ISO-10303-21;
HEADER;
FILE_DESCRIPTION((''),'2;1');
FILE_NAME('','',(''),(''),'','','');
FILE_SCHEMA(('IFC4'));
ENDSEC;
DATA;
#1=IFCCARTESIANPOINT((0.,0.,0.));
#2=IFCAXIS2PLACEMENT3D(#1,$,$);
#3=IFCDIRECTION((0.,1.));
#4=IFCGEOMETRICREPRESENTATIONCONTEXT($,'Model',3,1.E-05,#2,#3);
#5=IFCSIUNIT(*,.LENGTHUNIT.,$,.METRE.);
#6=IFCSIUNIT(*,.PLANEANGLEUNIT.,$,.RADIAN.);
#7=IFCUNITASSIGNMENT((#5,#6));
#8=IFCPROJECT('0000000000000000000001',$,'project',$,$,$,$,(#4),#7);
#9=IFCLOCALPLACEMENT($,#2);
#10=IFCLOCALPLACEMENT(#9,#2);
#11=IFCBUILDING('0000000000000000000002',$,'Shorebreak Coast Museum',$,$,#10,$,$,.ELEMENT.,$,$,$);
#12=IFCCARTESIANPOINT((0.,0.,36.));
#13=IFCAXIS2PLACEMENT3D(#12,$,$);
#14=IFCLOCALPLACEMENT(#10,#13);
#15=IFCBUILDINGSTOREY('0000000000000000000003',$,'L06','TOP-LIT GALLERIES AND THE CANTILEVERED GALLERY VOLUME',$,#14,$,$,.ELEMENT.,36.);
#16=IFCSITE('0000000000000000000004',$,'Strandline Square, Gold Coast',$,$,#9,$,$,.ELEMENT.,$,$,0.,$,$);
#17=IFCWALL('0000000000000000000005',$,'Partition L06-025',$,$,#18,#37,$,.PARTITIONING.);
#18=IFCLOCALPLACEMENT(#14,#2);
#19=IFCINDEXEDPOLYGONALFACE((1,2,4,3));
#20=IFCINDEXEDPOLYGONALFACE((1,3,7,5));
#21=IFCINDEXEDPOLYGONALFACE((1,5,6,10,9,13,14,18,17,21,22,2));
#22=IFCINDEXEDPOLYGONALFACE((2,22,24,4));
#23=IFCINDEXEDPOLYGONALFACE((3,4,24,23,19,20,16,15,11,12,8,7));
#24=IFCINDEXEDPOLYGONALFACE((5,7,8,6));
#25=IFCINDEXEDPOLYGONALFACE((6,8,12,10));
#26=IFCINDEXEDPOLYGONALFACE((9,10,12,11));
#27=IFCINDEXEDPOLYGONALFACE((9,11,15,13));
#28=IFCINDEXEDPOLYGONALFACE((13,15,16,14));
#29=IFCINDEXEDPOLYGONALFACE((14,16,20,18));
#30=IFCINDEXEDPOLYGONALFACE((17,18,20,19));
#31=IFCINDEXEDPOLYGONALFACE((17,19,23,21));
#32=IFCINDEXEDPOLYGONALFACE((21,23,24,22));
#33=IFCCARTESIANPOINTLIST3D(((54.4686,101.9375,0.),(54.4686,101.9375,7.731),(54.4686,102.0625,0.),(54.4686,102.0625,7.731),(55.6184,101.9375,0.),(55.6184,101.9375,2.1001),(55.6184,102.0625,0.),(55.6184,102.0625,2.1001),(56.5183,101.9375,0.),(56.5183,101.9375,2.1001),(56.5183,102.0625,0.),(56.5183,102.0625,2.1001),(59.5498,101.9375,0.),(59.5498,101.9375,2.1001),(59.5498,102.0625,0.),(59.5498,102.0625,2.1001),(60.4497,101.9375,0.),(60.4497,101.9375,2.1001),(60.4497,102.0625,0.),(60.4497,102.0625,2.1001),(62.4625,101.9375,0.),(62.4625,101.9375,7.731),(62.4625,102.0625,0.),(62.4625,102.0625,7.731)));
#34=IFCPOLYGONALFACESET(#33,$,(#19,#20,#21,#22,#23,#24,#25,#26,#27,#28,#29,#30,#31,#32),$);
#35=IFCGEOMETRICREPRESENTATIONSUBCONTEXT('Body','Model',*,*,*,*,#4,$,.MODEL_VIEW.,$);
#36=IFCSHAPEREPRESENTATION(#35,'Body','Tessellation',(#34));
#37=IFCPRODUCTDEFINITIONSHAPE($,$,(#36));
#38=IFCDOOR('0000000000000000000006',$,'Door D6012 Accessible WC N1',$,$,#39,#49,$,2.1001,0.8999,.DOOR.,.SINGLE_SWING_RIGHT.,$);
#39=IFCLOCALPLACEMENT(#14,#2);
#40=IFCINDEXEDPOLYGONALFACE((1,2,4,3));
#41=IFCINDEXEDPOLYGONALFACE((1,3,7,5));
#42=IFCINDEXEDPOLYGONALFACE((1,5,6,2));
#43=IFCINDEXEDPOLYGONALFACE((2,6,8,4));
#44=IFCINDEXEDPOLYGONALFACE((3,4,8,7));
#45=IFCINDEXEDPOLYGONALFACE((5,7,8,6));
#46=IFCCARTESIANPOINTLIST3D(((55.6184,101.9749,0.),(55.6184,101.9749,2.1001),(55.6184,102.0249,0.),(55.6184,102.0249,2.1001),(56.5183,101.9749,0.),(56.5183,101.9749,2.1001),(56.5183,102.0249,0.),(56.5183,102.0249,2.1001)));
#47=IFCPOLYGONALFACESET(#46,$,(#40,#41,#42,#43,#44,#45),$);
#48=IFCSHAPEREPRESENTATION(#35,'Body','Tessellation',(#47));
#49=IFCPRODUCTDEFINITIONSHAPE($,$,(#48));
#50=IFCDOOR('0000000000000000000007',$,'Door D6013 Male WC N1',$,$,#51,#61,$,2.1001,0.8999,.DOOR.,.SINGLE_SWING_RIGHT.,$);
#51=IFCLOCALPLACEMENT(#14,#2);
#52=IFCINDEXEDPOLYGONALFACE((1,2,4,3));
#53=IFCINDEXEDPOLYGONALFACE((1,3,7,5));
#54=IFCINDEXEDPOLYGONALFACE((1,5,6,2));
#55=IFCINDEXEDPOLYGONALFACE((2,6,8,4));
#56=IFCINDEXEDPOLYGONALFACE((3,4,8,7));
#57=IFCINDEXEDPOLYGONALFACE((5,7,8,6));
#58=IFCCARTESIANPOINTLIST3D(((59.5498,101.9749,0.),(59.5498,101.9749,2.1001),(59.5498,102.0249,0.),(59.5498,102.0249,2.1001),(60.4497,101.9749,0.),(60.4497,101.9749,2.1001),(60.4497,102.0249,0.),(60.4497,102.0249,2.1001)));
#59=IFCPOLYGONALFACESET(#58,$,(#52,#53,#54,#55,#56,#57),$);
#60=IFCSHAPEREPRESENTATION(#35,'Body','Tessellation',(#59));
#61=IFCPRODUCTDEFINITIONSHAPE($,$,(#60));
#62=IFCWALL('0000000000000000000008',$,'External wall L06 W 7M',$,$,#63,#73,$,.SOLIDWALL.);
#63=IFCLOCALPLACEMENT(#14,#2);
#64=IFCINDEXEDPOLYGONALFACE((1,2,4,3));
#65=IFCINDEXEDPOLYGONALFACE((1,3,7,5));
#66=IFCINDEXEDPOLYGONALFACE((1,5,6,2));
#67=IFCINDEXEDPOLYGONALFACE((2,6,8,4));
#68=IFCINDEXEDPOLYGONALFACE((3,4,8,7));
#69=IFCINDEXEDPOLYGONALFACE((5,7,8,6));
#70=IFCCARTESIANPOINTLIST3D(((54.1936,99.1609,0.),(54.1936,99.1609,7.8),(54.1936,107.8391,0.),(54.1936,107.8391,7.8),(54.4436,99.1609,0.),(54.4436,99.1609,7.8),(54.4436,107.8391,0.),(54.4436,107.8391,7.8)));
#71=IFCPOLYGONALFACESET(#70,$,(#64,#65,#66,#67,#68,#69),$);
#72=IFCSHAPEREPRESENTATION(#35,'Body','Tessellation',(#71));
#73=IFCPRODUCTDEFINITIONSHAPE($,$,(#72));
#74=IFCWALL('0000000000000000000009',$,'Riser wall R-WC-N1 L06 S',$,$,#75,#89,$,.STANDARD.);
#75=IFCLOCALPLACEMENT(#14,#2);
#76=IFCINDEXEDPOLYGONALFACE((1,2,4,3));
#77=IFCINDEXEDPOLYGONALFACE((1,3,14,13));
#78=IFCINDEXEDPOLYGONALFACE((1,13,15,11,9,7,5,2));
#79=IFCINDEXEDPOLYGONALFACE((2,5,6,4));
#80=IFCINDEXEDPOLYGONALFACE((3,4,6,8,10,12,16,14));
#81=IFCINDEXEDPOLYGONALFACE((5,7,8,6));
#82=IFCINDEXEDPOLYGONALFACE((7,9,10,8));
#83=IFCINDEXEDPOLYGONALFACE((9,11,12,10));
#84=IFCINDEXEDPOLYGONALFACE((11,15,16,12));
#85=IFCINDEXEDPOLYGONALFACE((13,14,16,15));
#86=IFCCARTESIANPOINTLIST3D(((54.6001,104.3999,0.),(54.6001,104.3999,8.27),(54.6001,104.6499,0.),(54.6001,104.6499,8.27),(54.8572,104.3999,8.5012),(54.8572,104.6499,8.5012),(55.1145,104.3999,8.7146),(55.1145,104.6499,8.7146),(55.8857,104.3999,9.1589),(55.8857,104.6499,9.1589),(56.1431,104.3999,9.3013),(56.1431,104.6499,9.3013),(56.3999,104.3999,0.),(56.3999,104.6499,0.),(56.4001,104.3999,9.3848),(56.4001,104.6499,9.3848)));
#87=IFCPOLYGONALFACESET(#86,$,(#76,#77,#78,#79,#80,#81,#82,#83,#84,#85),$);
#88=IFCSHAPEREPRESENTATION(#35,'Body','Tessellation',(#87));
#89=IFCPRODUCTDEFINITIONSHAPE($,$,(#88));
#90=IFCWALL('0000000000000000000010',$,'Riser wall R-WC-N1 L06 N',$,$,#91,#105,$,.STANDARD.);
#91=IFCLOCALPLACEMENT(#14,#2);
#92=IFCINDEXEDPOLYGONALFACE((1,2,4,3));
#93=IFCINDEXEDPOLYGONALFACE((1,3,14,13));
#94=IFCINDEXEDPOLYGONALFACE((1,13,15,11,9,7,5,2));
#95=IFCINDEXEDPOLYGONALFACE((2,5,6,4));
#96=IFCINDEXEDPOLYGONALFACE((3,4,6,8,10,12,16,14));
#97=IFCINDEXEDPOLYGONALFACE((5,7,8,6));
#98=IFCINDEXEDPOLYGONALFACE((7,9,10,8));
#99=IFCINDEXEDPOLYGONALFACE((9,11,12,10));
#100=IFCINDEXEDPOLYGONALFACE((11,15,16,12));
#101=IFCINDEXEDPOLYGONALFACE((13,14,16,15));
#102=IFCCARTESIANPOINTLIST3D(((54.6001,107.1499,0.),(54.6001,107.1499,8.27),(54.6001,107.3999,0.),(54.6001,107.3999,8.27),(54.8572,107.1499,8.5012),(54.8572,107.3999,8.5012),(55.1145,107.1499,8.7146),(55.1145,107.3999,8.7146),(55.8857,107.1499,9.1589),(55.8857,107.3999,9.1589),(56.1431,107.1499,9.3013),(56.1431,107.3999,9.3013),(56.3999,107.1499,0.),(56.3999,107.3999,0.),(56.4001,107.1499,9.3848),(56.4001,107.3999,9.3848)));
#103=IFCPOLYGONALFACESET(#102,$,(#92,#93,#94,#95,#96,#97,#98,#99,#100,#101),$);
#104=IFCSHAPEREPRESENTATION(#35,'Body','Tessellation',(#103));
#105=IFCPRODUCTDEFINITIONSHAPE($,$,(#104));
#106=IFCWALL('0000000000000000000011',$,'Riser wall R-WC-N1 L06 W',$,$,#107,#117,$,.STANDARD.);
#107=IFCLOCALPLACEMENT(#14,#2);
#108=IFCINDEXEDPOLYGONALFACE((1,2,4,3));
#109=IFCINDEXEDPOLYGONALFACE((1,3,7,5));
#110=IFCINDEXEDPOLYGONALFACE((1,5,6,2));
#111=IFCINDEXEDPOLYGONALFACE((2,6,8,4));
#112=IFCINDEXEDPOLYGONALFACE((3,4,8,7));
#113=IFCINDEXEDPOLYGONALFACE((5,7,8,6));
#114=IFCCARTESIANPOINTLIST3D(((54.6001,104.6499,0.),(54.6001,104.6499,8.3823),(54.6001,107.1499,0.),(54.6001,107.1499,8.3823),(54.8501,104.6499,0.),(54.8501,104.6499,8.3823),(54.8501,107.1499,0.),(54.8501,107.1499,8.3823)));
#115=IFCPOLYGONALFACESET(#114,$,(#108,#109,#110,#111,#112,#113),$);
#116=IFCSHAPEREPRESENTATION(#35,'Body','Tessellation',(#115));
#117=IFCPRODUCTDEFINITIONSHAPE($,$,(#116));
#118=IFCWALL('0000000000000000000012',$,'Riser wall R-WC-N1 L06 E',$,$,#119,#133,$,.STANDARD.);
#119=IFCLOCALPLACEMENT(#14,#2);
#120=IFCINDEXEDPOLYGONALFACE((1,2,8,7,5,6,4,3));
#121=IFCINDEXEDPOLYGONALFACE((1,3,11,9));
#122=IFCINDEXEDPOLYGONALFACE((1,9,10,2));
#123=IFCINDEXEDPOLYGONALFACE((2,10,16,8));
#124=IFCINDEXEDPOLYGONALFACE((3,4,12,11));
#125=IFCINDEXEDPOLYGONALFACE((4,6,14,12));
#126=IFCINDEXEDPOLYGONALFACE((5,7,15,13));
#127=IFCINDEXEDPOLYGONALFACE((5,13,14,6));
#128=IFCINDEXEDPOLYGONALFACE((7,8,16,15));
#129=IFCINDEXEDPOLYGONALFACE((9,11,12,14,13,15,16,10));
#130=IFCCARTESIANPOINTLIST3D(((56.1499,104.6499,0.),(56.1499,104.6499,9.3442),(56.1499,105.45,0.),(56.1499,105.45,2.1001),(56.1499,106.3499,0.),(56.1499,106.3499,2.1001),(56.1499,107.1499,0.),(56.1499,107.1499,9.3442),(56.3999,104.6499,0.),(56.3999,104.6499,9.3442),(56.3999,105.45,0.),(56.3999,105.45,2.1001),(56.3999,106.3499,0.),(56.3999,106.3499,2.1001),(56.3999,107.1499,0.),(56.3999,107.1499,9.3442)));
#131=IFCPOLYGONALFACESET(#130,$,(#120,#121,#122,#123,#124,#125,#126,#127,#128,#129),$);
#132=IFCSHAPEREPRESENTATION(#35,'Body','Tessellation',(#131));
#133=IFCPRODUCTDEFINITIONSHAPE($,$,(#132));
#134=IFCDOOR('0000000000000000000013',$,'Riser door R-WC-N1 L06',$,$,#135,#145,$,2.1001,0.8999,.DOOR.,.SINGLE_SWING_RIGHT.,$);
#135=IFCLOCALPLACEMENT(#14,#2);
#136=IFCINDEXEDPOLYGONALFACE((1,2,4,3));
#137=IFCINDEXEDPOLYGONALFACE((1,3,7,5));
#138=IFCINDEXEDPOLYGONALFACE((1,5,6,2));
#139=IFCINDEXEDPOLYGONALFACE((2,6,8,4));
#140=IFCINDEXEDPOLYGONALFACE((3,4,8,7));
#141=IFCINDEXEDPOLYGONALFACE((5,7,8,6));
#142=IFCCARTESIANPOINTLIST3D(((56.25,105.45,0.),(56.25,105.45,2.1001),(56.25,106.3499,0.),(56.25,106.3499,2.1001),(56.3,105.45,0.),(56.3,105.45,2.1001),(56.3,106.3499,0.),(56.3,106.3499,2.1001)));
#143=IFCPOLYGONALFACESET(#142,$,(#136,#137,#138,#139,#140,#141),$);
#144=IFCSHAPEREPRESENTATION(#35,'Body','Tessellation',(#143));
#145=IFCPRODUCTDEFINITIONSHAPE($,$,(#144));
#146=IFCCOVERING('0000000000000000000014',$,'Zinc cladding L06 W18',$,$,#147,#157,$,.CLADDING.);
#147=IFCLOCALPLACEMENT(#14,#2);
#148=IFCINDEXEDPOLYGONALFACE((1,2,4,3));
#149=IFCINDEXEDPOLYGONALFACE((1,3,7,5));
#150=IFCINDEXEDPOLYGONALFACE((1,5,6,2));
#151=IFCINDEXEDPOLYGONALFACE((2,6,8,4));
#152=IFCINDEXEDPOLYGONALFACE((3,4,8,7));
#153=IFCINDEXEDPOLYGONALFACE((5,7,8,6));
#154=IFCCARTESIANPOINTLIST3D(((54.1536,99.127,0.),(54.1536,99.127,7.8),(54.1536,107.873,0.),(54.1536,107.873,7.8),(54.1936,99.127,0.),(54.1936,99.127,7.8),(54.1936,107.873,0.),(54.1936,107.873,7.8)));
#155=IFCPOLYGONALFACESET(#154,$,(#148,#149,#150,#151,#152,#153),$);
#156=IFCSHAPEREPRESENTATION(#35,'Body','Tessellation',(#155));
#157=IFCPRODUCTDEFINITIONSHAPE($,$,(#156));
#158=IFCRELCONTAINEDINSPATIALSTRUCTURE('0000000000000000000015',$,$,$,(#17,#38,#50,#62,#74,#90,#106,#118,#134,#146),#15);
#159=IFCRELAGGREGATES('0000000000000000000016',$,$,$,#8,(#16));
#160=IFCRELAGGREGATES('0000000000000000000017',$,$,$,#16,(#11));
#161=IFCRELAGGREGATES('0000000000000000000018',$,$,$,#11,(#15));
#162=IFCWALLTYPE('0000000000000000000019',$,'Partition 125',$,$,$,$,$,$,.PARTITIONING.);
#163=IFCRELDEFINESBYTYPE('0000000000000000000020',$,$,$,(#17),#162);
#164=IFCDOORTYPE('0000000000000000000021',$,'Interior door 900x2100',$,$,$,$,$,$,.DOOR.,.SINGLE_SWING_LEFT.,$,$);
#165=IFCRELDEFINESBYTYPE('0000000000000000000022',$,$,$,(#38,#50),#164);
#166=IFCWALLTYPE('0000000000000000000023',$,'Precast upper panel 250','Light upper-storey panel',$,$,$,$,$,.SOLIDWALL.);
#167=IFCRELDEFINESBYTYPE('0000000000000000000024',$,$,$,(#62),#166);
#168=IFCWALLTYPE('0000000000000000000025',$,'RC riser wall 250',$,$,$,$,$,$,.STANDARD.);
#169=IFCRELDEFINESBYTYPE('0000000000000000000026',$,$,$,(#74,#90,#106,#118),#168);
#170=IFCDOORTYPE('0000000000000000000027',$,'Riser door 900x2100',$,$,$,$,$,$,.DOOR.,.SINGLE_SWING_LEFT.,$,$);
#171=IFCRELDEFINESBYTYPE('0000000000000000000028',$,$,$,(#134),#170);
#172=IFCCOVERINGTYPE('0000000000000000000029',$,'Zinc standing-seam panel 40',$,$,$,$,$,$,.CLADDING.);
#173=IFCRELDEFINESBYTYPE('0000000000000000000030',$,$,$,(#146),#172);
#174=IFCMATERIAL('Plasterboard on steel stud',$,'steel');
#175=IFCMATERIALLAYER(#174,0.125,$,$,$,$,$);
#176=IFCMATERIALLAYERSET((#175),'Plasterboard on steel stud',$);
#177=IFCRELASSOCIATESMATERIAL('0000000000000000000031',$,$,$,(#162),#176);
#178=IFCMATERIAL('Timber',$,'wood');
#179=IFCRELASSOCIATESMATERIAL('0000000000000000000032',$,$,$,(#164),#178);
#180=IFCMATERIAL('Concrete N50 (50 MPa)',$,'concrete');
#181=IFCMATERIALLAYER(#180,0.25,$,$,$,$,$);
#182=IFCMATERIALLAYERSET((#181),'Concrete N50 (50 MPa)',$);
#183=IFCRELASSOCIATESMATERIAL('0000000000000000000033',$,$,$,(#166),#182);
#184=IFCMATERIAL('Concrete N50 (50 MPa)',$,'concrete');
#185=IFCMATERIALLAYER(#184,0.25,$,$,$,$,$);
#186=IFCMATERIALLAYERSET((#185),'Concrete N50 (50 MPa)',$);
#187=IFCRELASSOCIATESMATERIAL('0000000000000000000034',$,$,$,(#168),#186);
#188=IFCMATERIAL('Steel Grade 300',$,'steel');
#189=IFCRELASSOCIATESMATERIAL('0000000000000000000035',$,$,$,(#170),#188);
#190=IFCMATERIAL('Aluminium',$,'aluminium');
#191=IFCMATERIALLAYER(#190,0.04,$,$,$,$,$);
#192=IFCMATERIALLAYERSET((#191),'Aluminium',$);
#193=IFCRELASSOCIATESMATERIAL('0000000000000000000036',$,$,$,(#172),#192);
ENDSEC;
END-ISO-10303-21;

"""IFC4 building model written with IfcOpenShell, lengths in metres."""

from ifc_helpers import new_model, si_unit, direction, frame, frame_2d, origin, origin_2d, place, context, subcontext, project, spatial, polyline, rectangle, outline, extrude, material, layer, layer_set, type_object, element, fill, save


model = new_model("IFC4")

# Units and contexts
model_context = context("Model", 3, precision=1e-05, world=origin(), true_north=direction((0.0, 1.0)))
body_context = subcontext(model_context, "Body", "Model", "MODEL_VIEW")
ifc_project = project(units=[si_unit("LENGTHUNIT", "METRE"), si_unit("PLANEANGLEUNIT", "RADIAN")], contexts=[model_context])

# Site, building, storey
site_placement = place(None, origin())
site = spatial("IfcSite", under=ifc_project, at=site_placement, Name="Strandline Square, Gold Coast", CompositionType="ELEMENT", RefElevation=0.0)
building_placement = place(site_placement, origin())
building = spatial("IfcBuilding", under=site, at=building_placement, Name="Shorebreak Coast Museum", CompositionType="ELEMENT")
storey_placement = place(building_placement, frame((0.0, 0.0, 36.0)))
storey = spatial("IfcBuildingStorey", under=building, at=storey_placement, Name="L06", Description="TOP-LIT GALLERIES AND THE CANTILEVERED GALLERY VOLUME", CompositionType="ELEMENT", Elevation=36.0)

# Wall, openings, doors
ifc_material_1 = material(Name="Plasterboard on steel stud", Category="steel")
ifc_layer_1 = layer(ifc_material_1, 0.125)
ifc_layer_set_1 = layer_set([ifc_layer_1], Name="Plasterboard on steel stud")
wall_type_1 = type_object("IfcWallType", Name="Partition 125", PredefinedType="PARTITIONING", material=ifc_layer_set_1)
wall_1_placement = place(storey_placement, frame((54.4685, 102.0, 0.0), z_axis=(0.0, 0.0, 1.0), x_axis=(1.0, 0.0, 0.0)))
wall_1 = element("IfcWall", 1, at=wall_1_placement, inside=storey, type_object=wall_type_1, Name="Partition L06-025", PredefinedType="PARTITIONING", context=body_context, shape_type="SweptSolid", body=[
    extrude(rectangle(XDim=7.9939, YDim=0.125, at=frame_2d((3.9971, 0.0))), origin(), (0.0, 0.0, 1.0), 7.731),
])
opening_1_placement = place(wall_1_placement, frame((1.1499, 0.0, 0.0)))
opening_1 = element("IfcOpeningElement", 2, at=opening_1_placement, cuts=wall_1, PredefinedType="OPENING", context=body_context, shape_type="SweptSolid", body=[
    extrude(rectangle(XDim=0.8999, YDim=2.1001, at=frame_2d((0.45, 1.05))), frame((0.0, 0.0725, 0.0), z_axis=(0.0, -1.0, 0.0), x_axis=(1.0, 0.0, 0.0)), (0.0, 0.0, 1.0), 0.145),
])
opening_2_placement = place(wall_1_placement, frame((5.0813, 0.0, 0.0)))
opening_2 = element("IfcOpeningElement", 3, at=opening_2_placement, cuts=wall_1, PredefinedType="OPENING", context=body_context, shape_type="SweptSolid", body=[
    extrude(rectangle(XDim=0.8999, YDim=2.1001, at=frame_2d((0.45, 1.05))), frame((0.0, 0.0725, 0.0), z_axis=(0.0, -1.0, 0.0), x_axis=(1.0, 0.0, 0.0)), (0.0, 0.0, 1.0), 0.145),
])
ifc_material_2 = material(Name="Timber", Category="wood")
door_type_1 = type_object("IfcDoorType", Name="Interior door 900x2100", OperationType="SINGLE_SWING_LEFT", PredefinedType="DOOR", material=ifc_material_2)
door_1_placement = place(opening_1_placement, origin())
door_1 = element("IfcDoor", 4, at=door_1_placement, inside=storey, type_object=door_type_1, Name="Door D6012 Accessible WC N1", OperationType="SINGLE_SWING_RIGHT", OverallHeight=2.1001, OverallWidth=0.8999, PredefinedType="DOOR", context=body_context, shape_type="SweptSolid", body=[
    extrude(rectangle(XDim=0.8999, YDim=2.1001, at=frame_2d((0.45, 1.05))), frame((0.0, 0.0249, 0.0), z_axis=(0.0, -1.0, 0.0), x_axis=(1.0, 0.0, 0.0)), (0.0, 0.0, 1.0), 0.05),
])
fill(opening_1, door_1)
door_2_placement = place(opening_2_placement, origin())
door_2 = element("IfcDoor", 5, at=door_2_placement, inside=storey, type_object=door_type_1, Name="Door D6013 Male WC N1", OperationType="SINGLE_SWING_RIGHT", OverallHeight=2.1001, OverallWidth=0.8999, PredefinedType="DOOR", context=body_context, shape_type="SweptSolid", body=[
    extrude(rectangle(XDim=0.8999, YDim=2.1001, at=frame_2d((0.45, 1.05))), frame((0.0, 0.0249, 0.0), z_axis=(0.0, -1.0, 0.0), x_axis=(1.0, 0.0, 0.0)), (0.0, 0.0, 1.0), 0.05),
])
fill(opening_2, door_2)

# Walls
ifc_material_3 = material(Name="Concrete N50 (50 MPa)", Category="concrete")
ifc_layer_2 = layer(ifc_material_3, 0.25)
ifc_layer_set_2 = layer_set([ifc_layer_2], Name="Concrete N50 (50 MPa)")
wall_type_2 = type_object("IfcWallType", Name="Precast upper panel 250", Description="Light upper-storey panel", PredefinedType="SOLIDWALL", material=ifc_layer_set_2)
wall_2_placement = place(storey_placement, frame((54.3186, 99.1609, 0.0), z_axis=(0.0, 0.0, 1.0), x_axis=(0.0, 1.0, 0.0)))
element("IfcWall", 6, at=wall_2_placement, inside=storey, type_object=wall_type_2, Name="External wall L06 W 7M", PredefinedType="SOLIDWALL", context=body_context, shape_type="SweptSolid", body=[
    extrude(rectangle(XDim=8.6782, YDim=0.25, at=frame_2d((4.3391, 0.0))), origin(), (0.0, 0.0, 1.0), 7.8),
])
ifc_material_4 = material(Name="Concrete N50 (50 MPa)", Category="concrete")
ifc_layer_3 = layer(ifc_material_4, 0.25)
ifc_layer_set_3 = layer_set([ifc_layer_3], Name="Concrete N50 (50 MPa)")
wall_type_3 = type_object("IfcWallType", Name="RC riser wall 250", PredefinedType="STANDARD", material=ifc_layer_set_3)
for number, where, z_axis, x_axis, name in (
    (7, (54.6001, 104.5249, 0.0), (0.0, 0.0, 1.0), (1.0, 0.0, 0.0), "Riser wall R-WC-N1 L06 S"),
    (8, (54.6001, 107.2749, 0.0), (0.0, 0.0, 1.0), (1.0, 0.0, 0.0), "Riser wall R-WC-N1 L06 N"),
):
    element("IfcWall", number, at=place(storey_placement, frame(where, z_axis=z_axis, x_axis=x_axis)), inside=storey, type_object=wall_type_3, Name=name, PredefinedType="STANDARD", context=body_context, shape_type="SweptSolid", body=[
        extrude(outline(polyline([(0.0, 0.0), (1.7998, 0.0), (1.8, 9.3848), (1.543, 9.3013), (1.2856, 9.1589), (0.5144, 8.7146), (0.2571, 8.5012), (0.0, 8.27), (0.0, 0.0)])), frame((0.0, 0.125, 0.0), z_axis=(0.0, -1.0, 0.0), x_axis=(1.0, 0.0, 0.0)), (0.0, 0.0, 1.0), 0.25),
    ])
wall_3_placement = place(storey_placement, frame((54.7251, 104.6499, 0.0), z_axis=(0.0, 0.0, 1.0), x_axis=(0.0, 1.0, 0.0)))
element("IfcWall", 9, at=wall_3_placement, inside=storey, type_object=wall_type_3, Name="Riser wall R-WC-N1 L06 W", PredefinedType="STANDARD", context=body_context, shape_type="SweptSolid", body=[
    extrude(rectangle(XDim=2.5, YDim=0.25, at=frame_2d((1.25, 0.0))), origin(), (0.0, 0.0, 1.0), 8.3823),
])

# Wall, opening, door
wall_4_placement = place(storey_placement, frame((56.2749, 104.6499, 0.0), z_axis=(0.0, 0.0, 1.0), x_axis=(0.0, 1.0, 0.0)))
wall_4 = element("IfcWall", 10, at=wall_4_placement, inside=storey, type_object=wall_type_3, Name="Riser wall R-WC-N1 L06 E", PredefinedType="STANDARD", context=body_context, shape_type="SweptSolid", body=[
    extrude(rectangle(XDim=2.5, YDim=0.25, at=frame_2d((1.25, 0.0))), origin(), (0.0, 0.0, 1.0), 9.3442),
])
opening_3_placement = place(wall_4_placement, frame((0.8, 0.0, 0.0)))
opening_3 = element("IfcOpeningElement", 11, at=opening_3_placement, cuts=wall_4, PredefinedType="OPENING", context=body_context, shape_type="SweptSolid", body=[
    extrude(rectangle(XDim=0.8999, YDim=2.1001, at=frame_2d((0.45, 1.05))), frame((0.0, 0.135, 0.0), z_axis=(0.0, -1.0, 0.0), x_axis=(1.0, 0.0, 0.0)), (0.0, 0.0, 1.0), 0.27),
])
ifc_material_5 = material(Name="Steel Grade 300", Category="steel")
door_type_2 = type_object("IfcDoorType", Name="Riser door 900x2100", OperationType="SINGLE_SWING_LEFT", PredefinedType="DOOR", material=ifc_material_5)
door_3_placement = place(opening_3_placement, origin())
door_3 = element("IfcDoor", 12, at=door_3_placement, inside=storey, type_object=door_type_2, Name="Riser door R-WC-N1 L06", OperationType="SINGLE_SWING_RIGHT", OverallHeight=2.1001, OverallWidth=0.8999, PredefinedType="DOOR", context=body_context, shape_type="SweptSolid", body=[
    extrude(rectangle(XDim=0.8999, YDim=2.1001, at=frame_2d((0.45, 1.05))), frame((0.0, 0.0249, 0.0), z_axis=(0.0, -1.0, 0.0), x_axis=(1.0, 0.0, 0.0)), (0.0, 0.0, 1.0), 0.05),
])
fill(opening_3, door_3)

# Covering
ifc_material_6 = material(Name="Aluminium", Category="aluminium")
ifc_layer_4 = layer(ifc_material_6, 0.04)
ifc_layer_set_4 = layer_set([ifc_layer_4], Name="Aluminium")
covering_type = type_object("IfcCoveringType", Name="Zinc standing-seam panel 40", PredefinedType="CLADDING", material=ifc_layer_set_4)
covering_placement = place(storey_placement, frame((54.1736, 103.5, 0.0), z_axis=(0.0, 0.0, 1.0), x_axis=(1.0, 0.0, 0.0)))
element("IfcCovering", 13, at=covering_placement, inside=storey, type_object=covering_type, Name="Zinc cladding L06 W18", PredefinedType="CLADDING", context=body_context, shape_type="SweptSolid", body=[
    extrude(rectangle(XDim=0.04, YDim=8.7461, at=origin_2d()), origin(), (0.0, 0.0, 1.0), 7.8),
])

save(model, "model.ifc")
